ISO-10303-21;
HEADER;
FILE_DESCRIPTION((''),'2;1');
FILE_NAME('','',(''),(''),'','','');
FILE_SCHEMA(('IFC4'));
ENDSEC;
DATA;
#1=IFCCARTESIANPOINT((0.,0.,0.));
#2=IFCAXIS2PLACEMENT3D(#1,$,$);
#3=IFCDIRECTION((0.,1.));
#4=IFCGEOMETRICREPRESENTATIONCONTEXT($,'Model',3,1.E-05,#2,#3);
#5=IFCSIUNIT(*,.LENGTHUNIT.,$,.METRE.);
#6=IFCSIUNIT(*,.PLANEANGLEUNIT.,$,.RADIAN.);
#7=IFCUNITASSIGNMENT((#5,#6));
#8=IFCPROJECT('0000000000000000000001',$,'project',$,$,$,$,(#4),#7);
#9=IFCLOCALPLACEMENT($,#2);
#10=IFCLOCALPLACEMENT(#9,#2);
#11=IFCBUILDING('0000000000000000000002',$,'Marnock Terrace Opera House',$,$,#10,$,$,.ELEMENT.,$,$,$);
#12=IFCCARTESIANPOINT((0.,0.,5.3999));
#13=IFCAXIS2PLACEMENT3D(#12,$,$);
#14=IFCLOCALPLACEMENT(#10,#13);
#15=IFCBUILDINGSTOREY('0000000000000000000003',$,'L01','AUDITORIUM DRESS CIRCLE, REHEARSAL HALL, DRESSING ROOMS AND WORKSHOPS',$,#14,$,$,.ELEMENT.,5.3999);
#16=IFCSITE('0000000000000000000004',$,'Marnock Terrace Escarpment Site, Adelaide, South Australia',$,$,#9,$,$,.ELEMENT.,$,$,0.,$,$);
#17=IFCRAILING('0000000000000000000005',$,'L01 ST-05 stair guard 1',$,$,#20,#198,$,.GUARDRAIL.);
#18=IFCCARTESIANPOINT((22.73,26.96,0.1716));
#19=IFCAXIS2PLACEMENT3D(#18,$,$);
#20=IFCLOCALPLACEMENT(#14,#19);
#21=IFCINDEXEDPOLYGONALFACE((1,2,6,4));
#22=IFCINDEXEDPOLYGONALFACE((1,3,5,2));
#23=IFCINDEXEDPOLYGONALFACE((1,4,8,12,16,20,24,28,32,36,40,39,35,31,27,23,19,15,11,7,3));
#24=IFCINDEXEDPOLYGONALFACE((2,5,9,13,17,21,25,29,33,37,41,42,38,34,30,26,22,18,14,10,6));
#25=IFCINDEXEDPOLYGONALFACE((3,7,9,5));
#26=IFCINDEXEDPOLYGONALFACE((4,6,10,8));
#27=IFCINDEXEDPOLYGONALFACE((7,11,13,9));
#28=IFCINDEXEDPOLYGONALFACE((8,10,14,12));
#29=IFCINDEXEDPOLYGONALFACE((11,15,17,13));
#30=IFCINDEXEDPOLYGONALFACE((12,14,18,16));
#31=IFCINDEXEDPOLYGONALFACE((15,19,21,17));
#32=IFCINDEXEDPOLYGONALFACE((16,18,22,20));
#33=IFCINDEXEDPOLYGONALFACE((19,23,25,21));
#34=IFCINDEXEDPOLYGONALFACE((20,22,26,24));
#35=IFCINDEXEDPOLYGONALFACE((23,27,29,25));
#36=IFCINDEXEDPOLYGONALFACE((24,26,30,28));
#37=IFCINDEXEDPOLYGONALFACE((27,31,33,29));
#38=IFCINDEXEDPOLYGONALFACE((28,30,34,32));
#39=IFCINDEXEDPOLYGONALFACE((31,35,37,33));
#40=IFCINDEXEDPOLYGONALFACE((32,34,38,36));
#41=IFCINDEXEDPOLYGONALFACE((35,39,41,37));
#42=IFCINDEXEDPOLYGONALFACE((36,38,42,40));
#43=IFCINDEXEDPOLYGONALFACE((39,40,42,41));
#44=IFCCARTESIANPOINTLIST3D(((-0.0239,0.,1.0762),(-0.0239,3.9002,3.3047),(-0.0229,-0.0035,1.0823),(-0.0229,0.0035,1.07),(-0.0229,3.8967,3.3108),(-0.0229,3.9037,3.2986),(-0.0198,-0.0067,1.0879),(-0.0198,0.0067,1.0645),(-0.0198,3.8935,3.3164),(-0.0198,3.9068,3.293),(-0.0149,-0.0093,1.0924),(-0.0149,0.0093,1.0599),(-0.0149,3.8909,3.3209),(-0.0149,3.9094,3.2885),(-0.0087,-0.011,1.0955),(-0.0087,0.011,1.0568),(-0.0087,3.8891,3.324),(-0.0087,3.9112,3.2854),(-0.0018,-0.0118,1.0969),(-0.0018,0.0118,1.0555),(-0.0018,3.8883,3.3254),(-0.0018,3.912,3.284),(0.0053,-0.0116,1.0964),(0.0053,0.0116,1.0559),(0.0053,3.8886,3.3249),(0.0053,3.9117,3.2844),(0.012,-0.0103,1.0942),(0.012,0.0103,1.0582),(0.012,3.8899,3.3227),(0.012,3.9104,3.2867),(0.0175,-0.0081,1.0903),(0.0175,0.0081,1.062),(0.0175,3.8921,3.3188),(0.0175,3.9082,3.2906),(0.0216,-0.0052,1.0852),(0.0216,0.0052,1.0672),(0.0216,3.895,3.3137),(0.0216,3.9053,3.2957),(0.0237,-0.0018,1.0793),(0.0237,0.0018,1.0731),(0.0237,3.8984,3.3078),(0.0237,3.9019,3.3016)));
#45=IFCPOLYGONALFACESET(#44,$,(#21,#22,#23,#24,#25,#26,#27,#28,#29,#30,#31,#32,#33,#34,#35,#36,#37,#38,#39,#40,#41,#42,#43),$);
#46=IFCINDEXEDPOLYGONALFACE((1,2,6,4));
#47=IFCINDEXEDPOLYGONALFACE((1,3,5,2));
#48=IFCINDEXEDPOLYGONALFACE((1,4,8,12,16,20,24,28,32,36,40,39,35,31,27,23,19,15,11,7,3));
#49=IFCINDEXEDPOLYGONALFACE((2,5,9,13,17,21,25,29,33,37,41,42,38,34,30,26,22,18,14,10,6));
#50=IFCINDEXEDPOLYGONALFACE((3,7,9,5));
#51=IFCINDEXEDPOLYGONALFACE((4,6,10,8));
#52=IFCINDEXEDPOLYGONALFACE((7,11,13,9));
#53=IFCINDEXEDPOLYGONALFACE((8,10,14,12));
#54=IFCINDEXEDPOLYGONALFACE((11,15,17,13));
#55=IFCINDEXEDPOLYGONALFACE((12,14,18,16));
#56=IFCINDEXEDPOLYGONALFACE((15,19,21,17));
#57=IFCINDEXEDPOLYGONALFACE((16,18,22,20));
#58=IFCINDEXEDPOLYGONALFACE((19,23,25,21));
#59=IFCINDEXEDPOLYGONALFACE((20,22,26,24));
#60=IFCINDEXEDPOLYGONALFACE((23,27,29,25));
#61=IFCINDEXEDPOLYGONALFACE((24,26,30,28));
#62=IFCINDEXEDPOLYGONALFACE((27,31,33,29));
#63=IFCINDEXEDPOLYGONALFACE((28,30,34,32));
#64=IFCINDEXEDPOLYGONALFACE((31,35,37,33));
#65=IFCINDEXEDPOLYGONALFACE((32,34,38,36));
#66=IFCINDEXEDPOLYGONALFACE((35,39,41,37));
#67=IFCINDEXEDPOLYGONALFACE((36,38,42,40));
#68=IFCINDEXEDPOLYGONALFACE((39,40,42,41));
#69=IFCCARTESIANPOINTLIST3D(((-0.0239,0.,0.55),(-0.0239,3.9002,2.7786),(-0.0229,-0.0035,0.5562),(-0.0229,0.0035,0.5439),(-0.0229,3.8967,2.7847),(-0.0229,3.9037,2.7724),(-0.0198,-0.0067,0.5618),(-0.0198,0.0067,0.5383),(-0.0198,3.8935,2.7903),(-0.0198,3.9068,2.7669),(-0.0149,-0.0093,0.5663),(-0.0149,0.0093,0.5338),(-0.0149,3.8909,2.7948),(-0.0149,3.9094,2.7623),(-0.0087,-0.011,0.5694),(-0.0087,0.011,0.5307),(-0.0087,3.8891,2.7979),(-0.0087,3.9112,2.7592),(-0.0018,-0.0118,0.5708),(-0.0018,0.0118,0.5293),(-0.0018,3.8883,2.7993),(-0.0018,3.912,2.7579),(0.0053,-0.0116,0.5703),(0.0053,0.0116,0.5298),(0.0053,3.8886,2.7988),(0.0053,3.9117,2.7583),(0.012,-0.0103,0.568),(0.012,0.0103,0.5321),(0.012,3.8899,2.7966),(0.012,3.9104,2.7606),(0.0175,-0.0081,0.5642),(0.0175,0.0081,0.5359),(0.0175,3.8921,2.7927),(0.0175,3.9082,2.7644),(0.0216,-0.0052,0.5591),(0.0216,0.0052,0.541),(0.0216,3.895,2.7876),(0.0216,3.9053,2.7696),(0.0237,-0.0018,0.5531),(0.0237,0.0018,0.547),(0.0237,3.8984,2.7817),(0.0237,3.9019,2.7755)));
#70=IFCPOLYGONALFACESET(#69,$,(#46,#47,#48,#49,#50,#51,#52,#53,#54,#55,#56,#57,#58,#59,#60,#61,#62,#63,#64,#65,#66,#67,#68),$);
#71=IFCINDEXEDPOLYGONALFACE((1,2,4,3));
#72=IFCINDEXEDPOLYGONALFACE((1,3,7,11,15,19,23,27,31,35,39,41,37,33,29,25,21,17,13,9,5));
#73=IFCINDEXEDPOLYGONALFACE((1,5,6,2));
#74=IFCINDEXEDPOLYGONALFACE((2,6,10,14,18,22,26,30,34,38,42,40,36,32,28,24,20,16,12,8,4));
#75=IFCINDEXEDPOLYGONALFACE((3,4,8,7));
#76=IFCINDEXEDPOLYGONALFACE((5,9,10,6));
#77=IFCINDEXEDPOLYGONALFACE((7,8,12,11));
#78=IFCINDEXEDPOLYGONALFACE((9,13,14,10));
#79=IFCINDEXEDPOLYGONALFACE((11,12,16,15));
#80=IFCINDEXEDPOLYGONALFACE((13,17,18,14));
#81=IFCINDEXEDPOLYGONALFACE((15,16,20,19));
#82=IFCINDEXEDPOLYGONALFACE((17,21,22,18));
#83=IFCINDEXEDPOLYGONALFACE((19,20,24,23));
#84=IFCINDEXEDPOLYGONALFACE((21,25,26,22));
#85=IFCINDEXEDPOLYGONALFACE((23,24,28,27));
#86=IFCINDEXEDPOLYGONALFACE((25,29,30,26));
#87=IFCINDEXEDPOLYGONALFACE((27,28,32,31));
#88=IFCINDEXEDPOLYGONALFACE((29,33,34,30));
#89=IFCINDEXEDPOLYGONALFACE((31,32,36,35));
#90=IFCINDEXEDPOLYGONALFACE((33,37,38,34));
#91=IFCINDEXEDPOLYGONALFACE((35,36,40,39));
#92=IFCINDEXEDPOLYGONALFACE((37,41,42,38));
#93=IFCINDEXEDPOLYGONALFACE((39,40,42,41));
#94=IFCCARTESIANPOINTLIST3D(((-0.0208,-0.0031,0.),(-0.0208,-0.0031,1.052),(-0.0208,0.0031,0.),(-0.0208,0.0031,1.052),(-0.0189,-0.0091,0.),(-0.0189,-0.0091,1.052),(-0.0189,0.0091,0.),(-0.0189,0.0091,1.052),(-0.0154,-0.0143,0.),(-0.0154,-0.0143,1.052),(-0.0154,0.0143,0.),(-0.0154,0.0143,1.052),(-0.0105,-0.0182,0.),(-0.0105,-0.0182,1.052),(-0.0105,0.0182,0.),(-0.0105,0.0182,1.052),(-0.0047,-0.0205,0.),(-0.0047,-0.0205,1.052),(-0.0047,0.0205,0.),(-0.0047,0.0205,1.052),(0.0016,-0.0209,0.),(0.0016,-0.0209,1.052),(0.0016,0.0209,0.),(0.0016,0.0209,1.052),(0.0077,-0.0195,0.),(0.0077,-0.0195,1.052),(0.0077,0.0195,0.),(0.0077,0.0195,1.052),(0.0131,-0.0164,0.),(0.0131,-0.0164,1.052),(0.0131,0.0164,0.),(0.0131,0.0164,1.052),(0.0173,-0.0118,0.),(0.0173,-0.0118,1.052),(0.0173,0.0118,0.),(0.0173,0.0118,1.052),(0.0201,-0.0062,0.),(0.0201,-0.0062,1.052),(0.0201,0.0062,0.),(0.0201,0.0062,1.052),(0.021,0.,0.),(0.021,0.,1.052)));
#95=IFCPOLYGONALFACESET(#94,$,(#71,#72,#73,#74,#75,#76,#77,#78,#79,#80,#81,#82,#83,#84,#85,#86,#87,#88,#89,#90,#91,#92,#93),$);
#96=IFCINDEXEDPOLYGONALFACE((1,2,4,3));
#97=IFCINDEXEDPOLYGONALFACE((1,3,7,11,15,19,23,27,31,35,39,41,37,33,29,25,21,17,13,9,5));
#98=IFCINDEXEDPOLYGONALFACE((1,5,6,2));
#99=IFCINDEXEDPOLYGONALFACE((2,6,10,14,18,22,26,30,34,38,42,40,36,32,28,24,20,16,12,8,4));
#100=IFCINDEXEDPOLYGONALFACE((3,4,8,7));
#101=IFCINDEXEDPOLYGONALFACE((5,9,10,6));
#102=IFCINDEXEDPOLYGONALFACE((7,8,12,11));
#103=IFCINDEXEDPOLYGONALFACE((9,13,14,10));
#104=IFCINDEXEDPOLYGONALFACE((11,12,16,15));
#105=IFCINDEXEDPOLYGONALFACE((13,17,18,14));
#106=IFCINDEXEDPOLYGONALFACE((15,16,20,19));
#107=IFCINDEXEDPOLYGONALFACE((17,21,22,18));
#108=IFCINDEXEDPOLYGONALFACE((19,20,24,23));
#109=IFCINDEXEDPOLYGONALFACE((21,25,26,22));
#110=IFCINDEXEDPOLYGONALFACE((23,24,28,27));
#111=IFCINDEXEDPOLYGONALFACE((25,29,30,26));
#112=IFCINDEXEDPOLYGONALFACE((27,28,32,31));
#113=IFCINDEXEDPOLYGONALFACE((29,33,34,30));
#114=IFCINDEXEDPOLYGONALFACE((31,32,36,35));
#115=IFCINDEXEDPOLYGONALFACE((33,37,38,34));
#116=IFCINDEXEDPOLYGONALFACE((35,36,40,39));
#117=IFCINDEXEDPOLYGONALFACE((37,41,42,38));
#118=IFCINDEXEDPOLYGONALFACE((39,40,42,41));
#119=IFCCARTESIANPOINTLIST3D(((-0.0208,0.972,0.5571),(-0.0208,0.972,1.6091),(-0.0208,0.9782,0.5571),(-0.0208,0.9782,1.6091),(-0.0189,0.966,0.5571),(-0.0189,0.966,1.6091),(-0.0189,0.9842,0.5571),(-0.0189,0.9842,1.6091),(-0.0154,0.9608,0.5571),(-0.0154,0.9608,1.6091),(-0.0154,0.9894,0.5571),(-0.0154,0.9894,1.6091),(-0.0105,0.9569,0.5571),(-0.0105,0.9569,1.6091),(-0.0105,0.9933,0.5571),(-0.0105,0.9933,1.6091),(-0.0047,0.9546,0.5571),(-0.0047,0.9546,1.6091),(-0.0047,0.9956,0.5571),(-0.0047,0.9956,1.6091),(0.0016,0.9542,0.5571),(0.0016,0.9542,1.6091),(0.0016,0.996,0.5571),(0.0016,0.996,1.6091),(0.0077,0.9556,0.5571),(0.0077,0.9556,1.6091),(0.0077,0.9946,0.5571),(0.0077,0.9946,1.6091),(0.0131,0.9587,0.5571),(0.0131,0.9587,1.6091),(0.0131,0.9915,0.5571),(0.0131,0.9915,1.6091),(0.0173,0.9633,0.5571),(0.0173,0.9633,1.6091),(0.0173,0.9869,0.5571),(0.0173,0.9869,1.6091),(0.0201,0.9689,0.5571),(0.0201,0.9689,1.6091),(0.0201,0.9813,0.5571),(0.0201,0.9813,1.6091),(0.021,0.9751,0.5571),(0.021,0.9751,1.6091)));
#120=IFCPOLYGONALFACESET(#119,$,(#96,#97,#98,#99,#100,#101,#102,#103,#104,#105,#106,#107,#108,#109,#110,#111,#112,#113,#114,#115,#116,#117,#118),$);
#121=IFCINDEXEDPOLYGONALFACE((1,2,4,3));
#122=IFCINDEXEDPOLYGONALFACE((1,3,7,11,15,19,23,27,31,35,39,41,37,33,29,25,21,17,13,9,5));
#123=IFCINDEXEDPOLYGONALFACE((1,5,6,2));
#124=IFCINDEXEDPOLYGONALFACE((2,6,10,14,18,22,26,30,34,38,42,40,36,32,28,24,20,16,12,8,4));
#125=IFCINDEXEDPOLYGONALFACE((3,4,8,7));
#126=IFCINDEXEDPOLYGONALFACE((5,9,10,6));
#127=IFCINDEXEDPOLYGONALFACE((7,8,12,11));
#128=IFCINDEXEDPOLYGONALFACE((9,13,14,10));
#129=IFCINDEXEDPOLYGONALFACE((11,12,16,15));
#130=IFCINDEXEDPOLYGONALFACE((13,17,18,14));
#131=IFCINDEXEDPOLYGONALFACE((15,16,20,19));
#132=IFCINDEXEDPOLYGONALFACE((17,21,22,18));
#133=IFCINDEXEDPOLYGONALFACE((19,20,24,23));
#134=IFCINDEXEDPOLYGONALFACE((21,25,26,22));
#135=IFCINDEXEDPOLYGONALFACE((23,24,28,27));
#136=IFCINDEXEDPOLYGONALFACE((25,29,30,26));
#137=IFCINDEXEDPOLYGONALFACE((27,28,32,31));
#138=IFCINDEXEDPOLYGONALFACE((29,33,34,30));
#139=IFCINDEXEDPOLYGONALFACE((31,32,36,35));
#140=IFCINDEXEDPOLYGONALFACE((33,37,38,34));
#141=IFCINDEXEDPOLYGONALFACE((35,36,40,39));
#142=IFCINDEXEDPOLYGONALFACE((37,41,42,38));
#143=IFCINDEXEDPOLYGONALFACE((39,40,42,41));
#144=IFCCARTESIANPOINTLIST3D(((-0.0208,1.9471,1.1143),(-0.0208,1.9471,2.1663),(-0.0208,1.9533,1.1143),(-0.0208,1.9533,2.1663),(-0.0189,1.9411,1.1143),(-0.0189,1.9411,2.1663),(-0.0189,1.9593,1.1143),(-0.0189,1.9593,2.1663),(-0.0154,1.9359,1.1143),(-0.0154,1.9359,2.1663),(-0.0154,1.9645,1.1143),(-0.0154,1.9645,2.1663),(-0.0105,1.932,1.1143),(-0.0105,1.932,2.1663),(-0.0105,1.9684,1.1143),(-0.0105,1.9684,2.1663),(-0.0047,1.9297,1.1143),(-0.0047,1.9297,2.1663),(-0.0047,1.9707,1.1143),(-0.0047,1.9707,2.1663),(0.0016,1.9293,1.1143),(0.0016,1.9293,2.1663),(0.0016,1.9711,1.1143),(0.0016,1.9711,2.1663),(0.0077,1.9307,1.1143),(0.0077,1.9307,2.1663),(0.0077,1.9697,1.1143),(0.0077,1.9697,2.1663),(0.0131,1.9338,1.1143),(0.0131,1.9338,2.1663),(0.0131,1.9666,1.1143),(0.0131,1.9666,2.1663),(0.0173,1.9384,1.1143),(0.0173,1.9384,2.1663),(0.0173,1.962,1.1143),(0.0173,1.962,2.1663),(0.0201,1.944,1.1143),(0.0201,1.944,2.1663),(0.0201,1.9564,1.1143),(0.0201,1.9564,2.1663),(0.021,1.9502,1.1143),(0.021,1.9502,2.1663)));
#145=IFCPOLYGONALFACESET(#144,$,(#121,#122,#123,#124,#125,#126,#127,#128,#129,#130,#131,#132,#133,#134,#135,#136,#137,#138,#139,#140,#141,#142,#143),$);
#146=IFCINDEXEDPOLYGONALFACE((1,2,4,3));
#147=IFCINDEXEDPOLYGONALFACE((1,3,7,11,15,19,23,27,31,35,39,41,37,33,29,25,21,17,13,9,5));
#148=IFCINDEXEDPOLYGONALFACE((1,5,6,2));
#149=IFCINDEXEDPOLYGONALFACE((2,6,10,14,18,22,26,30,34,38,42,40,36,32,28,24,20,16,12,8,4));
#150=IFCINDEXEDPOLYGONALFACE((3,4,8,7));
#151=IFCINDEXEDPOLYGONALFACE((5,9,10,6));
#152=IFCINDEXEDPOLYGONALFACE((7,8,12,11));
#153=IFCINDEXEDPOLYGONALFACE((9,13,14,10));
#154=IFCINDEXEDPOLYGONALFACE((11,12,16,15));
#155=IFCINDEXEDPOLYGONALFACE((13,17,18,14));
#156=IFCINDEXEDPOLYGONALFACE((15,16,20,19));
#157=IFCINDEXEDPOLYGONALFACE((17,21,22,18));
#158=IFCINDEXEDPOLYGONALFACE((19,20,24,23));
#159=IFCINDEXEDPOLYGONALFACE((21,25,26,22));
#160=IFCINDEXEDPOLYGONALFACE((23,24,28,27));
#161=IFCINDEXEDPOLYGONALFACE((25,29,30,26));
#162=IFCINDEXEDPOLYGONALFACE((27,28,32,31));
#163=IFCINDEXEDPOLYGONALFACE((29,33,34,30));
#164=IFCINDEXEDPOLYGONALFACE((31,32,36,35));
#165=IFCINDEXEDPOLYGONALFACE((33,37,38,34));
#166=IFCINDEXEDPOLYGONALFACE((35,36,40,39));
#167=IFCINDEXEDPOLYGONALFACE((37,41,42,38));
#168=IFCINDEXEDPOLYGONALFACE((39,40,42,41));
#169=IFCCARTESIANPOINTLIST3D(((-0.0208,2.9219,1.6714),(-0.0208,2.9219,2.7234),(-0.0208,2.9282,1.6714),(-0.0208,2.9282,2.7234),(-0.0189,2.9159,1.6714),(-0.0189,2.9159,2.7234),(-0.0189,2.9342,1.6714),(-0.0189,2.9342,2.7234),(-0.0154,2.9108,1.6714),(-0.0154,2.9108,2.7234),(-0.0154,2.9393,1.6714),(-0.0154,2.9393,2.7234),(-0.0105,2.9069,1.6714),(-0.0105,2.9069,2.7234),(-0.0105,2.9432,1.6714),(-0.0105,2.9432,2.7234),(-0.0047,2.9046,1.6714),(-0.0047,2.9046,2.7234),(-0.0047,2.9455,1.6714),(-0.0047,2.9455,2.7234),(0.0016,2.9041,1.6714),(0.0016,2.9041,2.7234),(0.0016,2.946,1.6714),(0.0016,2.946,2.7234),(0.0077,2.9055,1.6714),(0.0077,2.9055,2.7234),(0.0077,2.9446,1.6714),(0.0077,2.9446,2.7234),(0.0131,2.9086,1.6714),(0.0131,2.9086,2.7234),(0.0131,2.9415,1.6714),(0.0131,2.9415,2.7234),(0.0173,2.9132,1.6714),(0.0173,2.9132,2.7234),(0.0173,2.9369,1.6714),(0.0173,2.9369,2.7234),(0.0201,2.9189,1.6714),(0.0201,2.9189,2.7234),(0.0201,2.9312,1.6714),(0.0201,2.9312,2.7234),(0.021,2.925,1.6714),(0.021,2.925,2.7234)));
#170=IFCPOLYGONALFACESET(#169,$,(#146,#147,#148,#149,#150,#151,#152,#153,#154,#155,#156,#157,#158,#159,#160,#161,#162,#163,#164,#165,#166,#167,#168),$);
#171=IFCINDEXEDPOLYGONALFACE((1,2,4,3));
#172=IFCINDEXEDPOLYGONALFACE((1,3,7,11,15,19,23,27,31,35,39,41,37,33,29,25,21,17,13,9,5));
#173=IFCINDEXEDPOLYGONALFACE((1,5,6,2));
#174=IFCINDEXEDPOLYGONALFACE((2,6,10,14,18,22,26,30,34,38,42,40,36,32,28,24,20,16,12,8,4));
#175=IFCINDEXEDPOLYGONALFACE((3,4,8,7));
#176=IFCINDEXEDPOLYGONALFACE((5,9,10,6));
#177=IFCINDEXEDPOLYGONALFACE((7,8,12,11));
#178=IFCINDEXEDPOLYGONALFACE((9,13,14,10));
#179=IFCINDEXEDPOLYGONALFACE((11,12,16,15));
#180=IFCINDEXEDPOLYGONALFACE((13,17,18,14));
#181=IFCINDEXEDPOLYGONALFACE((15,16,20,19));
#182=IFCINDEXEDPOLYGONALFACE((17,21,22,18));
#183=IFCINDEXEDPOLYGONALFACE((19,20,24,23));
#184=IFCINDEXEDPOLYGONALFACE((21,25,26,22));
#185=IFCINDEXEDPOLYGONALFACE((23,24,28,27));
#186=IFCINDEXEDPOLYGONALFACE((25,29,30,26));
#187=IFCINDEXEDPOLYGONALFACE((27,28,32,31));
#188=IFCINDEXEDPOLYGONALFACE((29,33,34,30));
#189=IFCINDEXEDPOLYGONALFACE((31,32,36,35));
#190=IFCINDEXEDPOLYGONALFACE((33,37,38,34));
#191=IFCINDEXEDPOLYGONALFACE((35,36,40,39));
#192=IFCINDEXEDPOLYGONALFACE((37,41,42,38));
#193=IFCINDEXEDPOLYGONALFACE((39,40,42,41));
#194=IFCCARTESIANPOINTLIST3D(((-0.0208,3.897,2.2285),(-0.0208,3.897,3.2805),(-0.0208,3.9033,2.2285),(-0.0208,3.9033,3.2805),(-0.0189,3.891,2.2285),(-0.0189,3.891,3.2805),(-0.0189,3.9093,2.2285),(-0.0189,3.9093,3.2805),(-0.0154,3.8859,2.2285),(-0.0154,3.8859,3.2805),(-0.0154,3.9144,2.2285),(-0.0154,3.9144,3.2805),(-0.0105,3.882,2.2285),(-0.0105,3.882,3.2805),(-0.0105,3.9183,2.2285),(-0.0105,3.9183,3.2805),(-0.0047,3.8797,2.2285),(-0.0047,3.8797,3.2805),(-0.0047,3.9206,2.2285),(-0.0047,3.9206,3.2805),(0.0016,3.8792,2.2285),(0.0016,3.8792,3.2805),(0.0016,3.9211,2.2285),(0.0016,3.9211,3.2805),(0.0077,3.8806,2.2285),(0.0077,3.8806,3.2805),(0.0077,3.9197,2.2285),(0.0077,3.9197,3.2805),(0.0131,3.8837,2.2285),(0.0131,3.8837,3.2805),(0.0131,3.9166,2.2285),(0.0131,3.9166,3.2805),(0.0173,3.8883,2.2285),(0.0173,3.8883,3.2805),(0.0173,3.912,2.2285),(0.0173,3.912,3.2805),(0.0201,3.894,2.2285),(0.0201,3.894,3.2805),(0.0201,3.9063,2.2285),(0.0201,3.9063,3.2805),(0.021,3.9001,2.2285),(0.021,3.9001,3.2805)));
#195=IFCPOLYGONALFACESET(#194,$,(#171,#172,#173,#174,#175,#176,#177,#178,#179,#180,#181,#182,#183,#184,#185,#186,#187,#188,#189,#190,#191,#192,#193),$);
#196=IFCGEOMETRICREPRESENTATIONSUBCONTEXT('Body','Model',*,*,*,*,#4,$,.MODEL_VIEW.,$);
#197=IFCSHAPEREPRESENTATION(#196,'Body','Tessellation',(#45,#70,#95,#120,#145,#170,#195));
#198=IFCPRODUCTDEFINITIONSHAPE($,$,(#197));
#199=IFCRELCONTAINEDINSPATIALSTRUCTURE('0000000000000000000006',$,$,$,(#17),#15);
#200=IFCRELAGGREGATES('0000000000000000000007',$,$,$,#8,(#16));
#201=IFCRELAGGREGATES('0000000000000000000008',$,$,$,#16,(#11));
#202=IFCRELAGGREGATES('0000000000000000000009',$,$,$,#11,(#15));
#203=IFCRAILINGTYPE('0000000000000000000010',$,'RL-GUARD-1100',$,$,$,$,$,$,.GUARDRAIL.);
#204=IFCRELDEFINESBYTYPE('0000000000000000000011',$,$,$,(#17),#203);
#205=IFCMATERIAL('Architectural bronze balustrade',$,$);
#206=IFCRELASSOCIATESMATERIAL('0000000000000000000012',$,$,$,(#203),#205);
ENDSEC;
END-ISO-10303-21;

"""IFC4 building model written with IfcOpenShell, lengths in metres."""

from ifc_helpers import new_model, si_unit, direction, frame, origin, origin_2d, place, context, subcontext, project, spatial, circle, extrude, material, type_object, element, save


model = new_model("IFC4")

# Units and contexts
model_context = context("Model", 3, precision=1e-05, world=origin(), true_north=direction((0.0, 1.0)))
body_context = subcontext(model_context, "Body", "Model", "MODEL_VIEW")
ifc_project = project(units=[si_unit("LENGTHUNIT", "METRE"), si_unit("PLANEANGLEUNIT", "RADIAN")], contexts=[model_context])

# Site, building, storey
site_placement = place(None, origin())
site = spatial("IfcSite", under=ifc_project, at=site_placement, Name="Marnock Terrace Escarpment Site, Adelaide, South Australia", CompositionType="ELEMENT", RefElevation=0.0)
building_placement = place(site_placement, origin())
building = spatial("IfcBuilding", under=site, at=building_placement, Name="Marnock Terrace Opera House", CompositionType="ELEMENT")
storey_placement = place(building_placement, frame((0.0, 0.0, 5.3999)))
storey = spatial("IfcBuildingStorey", under=building, at=storey_placement, Name="L01", Description="AUDITORIUM DRESS CIRCLE, REHEARSAL HALL, DRESSING ROOMS AND WORKSHOPS", CompositionType="ELEMENT", Elevation=5.3999)

# Railing
ifc_material_1 = material(Name="Architectural bronze balustrade")
railing_type_1 = type_object("IfcRailingType", Name="RL-GUARD-1100", PredefinedType="GUARDRAIL", material=ifc_material_1)
railing_1_placement = place(storey_placement, frame((22.73, 26.96, 0.1716)))
element("IfcRailing", 1, at=railing_1_placement, inside=storey, type_object=railing_type_1, Name="L01 ST-05 stair guard 1", PredefinedType="GUARDRAIL", context=body_context, shape_type="SweptSolid", body=[
    extrude(circle(Radius=0.0239, at=origin_2d()), frame((0.0, 0.0, 1.0762), z_axis=(0.0, 0.868257, 0.496116), x_axis=(-1.0, 0.0, 0.0)), (0.0, 0.0, 1.0), 4.4919),
    extrude(circle(Radius=0.0239, at=origin_2d()), frame((0.0, 0.0, 0.55), z_axis=(0.0, 0.868257, 0.496116), x_axis=(-1.0, 0.0, 0.0)), (0.0, 0.0, 1.0), 4.4919),
    extrude(circle(Radius=0.021, at=origin_2d()), origin(), (0.0, 0.0, 1.0), 1.052),
    extrude(circle(Radius=0.021, at=origin_2d()), frame((0.0, 0.9751, 0.5571)), (0.0, 0.0, 1.0), 1.052),
    extrude(circle(Radius=0.021, at=origin_2d()), frame((0.0, 1.9502, 1.1143)), (0.0, 0.0, 1.0), 1.052),
    extrude(circle(Radius=0.021, at=origin_2d()), frame((0.0, 2.925, 1.6714)), (0.0, 0.0, 1.0), 1.052),
    extrude(circle(Radius=0.021, at=origin_2d()), frame((0.0, 3.9001, 2.2285)), (0.0, 0.0, 1.0), 1.052),
])

save(model, "model.ifc")
